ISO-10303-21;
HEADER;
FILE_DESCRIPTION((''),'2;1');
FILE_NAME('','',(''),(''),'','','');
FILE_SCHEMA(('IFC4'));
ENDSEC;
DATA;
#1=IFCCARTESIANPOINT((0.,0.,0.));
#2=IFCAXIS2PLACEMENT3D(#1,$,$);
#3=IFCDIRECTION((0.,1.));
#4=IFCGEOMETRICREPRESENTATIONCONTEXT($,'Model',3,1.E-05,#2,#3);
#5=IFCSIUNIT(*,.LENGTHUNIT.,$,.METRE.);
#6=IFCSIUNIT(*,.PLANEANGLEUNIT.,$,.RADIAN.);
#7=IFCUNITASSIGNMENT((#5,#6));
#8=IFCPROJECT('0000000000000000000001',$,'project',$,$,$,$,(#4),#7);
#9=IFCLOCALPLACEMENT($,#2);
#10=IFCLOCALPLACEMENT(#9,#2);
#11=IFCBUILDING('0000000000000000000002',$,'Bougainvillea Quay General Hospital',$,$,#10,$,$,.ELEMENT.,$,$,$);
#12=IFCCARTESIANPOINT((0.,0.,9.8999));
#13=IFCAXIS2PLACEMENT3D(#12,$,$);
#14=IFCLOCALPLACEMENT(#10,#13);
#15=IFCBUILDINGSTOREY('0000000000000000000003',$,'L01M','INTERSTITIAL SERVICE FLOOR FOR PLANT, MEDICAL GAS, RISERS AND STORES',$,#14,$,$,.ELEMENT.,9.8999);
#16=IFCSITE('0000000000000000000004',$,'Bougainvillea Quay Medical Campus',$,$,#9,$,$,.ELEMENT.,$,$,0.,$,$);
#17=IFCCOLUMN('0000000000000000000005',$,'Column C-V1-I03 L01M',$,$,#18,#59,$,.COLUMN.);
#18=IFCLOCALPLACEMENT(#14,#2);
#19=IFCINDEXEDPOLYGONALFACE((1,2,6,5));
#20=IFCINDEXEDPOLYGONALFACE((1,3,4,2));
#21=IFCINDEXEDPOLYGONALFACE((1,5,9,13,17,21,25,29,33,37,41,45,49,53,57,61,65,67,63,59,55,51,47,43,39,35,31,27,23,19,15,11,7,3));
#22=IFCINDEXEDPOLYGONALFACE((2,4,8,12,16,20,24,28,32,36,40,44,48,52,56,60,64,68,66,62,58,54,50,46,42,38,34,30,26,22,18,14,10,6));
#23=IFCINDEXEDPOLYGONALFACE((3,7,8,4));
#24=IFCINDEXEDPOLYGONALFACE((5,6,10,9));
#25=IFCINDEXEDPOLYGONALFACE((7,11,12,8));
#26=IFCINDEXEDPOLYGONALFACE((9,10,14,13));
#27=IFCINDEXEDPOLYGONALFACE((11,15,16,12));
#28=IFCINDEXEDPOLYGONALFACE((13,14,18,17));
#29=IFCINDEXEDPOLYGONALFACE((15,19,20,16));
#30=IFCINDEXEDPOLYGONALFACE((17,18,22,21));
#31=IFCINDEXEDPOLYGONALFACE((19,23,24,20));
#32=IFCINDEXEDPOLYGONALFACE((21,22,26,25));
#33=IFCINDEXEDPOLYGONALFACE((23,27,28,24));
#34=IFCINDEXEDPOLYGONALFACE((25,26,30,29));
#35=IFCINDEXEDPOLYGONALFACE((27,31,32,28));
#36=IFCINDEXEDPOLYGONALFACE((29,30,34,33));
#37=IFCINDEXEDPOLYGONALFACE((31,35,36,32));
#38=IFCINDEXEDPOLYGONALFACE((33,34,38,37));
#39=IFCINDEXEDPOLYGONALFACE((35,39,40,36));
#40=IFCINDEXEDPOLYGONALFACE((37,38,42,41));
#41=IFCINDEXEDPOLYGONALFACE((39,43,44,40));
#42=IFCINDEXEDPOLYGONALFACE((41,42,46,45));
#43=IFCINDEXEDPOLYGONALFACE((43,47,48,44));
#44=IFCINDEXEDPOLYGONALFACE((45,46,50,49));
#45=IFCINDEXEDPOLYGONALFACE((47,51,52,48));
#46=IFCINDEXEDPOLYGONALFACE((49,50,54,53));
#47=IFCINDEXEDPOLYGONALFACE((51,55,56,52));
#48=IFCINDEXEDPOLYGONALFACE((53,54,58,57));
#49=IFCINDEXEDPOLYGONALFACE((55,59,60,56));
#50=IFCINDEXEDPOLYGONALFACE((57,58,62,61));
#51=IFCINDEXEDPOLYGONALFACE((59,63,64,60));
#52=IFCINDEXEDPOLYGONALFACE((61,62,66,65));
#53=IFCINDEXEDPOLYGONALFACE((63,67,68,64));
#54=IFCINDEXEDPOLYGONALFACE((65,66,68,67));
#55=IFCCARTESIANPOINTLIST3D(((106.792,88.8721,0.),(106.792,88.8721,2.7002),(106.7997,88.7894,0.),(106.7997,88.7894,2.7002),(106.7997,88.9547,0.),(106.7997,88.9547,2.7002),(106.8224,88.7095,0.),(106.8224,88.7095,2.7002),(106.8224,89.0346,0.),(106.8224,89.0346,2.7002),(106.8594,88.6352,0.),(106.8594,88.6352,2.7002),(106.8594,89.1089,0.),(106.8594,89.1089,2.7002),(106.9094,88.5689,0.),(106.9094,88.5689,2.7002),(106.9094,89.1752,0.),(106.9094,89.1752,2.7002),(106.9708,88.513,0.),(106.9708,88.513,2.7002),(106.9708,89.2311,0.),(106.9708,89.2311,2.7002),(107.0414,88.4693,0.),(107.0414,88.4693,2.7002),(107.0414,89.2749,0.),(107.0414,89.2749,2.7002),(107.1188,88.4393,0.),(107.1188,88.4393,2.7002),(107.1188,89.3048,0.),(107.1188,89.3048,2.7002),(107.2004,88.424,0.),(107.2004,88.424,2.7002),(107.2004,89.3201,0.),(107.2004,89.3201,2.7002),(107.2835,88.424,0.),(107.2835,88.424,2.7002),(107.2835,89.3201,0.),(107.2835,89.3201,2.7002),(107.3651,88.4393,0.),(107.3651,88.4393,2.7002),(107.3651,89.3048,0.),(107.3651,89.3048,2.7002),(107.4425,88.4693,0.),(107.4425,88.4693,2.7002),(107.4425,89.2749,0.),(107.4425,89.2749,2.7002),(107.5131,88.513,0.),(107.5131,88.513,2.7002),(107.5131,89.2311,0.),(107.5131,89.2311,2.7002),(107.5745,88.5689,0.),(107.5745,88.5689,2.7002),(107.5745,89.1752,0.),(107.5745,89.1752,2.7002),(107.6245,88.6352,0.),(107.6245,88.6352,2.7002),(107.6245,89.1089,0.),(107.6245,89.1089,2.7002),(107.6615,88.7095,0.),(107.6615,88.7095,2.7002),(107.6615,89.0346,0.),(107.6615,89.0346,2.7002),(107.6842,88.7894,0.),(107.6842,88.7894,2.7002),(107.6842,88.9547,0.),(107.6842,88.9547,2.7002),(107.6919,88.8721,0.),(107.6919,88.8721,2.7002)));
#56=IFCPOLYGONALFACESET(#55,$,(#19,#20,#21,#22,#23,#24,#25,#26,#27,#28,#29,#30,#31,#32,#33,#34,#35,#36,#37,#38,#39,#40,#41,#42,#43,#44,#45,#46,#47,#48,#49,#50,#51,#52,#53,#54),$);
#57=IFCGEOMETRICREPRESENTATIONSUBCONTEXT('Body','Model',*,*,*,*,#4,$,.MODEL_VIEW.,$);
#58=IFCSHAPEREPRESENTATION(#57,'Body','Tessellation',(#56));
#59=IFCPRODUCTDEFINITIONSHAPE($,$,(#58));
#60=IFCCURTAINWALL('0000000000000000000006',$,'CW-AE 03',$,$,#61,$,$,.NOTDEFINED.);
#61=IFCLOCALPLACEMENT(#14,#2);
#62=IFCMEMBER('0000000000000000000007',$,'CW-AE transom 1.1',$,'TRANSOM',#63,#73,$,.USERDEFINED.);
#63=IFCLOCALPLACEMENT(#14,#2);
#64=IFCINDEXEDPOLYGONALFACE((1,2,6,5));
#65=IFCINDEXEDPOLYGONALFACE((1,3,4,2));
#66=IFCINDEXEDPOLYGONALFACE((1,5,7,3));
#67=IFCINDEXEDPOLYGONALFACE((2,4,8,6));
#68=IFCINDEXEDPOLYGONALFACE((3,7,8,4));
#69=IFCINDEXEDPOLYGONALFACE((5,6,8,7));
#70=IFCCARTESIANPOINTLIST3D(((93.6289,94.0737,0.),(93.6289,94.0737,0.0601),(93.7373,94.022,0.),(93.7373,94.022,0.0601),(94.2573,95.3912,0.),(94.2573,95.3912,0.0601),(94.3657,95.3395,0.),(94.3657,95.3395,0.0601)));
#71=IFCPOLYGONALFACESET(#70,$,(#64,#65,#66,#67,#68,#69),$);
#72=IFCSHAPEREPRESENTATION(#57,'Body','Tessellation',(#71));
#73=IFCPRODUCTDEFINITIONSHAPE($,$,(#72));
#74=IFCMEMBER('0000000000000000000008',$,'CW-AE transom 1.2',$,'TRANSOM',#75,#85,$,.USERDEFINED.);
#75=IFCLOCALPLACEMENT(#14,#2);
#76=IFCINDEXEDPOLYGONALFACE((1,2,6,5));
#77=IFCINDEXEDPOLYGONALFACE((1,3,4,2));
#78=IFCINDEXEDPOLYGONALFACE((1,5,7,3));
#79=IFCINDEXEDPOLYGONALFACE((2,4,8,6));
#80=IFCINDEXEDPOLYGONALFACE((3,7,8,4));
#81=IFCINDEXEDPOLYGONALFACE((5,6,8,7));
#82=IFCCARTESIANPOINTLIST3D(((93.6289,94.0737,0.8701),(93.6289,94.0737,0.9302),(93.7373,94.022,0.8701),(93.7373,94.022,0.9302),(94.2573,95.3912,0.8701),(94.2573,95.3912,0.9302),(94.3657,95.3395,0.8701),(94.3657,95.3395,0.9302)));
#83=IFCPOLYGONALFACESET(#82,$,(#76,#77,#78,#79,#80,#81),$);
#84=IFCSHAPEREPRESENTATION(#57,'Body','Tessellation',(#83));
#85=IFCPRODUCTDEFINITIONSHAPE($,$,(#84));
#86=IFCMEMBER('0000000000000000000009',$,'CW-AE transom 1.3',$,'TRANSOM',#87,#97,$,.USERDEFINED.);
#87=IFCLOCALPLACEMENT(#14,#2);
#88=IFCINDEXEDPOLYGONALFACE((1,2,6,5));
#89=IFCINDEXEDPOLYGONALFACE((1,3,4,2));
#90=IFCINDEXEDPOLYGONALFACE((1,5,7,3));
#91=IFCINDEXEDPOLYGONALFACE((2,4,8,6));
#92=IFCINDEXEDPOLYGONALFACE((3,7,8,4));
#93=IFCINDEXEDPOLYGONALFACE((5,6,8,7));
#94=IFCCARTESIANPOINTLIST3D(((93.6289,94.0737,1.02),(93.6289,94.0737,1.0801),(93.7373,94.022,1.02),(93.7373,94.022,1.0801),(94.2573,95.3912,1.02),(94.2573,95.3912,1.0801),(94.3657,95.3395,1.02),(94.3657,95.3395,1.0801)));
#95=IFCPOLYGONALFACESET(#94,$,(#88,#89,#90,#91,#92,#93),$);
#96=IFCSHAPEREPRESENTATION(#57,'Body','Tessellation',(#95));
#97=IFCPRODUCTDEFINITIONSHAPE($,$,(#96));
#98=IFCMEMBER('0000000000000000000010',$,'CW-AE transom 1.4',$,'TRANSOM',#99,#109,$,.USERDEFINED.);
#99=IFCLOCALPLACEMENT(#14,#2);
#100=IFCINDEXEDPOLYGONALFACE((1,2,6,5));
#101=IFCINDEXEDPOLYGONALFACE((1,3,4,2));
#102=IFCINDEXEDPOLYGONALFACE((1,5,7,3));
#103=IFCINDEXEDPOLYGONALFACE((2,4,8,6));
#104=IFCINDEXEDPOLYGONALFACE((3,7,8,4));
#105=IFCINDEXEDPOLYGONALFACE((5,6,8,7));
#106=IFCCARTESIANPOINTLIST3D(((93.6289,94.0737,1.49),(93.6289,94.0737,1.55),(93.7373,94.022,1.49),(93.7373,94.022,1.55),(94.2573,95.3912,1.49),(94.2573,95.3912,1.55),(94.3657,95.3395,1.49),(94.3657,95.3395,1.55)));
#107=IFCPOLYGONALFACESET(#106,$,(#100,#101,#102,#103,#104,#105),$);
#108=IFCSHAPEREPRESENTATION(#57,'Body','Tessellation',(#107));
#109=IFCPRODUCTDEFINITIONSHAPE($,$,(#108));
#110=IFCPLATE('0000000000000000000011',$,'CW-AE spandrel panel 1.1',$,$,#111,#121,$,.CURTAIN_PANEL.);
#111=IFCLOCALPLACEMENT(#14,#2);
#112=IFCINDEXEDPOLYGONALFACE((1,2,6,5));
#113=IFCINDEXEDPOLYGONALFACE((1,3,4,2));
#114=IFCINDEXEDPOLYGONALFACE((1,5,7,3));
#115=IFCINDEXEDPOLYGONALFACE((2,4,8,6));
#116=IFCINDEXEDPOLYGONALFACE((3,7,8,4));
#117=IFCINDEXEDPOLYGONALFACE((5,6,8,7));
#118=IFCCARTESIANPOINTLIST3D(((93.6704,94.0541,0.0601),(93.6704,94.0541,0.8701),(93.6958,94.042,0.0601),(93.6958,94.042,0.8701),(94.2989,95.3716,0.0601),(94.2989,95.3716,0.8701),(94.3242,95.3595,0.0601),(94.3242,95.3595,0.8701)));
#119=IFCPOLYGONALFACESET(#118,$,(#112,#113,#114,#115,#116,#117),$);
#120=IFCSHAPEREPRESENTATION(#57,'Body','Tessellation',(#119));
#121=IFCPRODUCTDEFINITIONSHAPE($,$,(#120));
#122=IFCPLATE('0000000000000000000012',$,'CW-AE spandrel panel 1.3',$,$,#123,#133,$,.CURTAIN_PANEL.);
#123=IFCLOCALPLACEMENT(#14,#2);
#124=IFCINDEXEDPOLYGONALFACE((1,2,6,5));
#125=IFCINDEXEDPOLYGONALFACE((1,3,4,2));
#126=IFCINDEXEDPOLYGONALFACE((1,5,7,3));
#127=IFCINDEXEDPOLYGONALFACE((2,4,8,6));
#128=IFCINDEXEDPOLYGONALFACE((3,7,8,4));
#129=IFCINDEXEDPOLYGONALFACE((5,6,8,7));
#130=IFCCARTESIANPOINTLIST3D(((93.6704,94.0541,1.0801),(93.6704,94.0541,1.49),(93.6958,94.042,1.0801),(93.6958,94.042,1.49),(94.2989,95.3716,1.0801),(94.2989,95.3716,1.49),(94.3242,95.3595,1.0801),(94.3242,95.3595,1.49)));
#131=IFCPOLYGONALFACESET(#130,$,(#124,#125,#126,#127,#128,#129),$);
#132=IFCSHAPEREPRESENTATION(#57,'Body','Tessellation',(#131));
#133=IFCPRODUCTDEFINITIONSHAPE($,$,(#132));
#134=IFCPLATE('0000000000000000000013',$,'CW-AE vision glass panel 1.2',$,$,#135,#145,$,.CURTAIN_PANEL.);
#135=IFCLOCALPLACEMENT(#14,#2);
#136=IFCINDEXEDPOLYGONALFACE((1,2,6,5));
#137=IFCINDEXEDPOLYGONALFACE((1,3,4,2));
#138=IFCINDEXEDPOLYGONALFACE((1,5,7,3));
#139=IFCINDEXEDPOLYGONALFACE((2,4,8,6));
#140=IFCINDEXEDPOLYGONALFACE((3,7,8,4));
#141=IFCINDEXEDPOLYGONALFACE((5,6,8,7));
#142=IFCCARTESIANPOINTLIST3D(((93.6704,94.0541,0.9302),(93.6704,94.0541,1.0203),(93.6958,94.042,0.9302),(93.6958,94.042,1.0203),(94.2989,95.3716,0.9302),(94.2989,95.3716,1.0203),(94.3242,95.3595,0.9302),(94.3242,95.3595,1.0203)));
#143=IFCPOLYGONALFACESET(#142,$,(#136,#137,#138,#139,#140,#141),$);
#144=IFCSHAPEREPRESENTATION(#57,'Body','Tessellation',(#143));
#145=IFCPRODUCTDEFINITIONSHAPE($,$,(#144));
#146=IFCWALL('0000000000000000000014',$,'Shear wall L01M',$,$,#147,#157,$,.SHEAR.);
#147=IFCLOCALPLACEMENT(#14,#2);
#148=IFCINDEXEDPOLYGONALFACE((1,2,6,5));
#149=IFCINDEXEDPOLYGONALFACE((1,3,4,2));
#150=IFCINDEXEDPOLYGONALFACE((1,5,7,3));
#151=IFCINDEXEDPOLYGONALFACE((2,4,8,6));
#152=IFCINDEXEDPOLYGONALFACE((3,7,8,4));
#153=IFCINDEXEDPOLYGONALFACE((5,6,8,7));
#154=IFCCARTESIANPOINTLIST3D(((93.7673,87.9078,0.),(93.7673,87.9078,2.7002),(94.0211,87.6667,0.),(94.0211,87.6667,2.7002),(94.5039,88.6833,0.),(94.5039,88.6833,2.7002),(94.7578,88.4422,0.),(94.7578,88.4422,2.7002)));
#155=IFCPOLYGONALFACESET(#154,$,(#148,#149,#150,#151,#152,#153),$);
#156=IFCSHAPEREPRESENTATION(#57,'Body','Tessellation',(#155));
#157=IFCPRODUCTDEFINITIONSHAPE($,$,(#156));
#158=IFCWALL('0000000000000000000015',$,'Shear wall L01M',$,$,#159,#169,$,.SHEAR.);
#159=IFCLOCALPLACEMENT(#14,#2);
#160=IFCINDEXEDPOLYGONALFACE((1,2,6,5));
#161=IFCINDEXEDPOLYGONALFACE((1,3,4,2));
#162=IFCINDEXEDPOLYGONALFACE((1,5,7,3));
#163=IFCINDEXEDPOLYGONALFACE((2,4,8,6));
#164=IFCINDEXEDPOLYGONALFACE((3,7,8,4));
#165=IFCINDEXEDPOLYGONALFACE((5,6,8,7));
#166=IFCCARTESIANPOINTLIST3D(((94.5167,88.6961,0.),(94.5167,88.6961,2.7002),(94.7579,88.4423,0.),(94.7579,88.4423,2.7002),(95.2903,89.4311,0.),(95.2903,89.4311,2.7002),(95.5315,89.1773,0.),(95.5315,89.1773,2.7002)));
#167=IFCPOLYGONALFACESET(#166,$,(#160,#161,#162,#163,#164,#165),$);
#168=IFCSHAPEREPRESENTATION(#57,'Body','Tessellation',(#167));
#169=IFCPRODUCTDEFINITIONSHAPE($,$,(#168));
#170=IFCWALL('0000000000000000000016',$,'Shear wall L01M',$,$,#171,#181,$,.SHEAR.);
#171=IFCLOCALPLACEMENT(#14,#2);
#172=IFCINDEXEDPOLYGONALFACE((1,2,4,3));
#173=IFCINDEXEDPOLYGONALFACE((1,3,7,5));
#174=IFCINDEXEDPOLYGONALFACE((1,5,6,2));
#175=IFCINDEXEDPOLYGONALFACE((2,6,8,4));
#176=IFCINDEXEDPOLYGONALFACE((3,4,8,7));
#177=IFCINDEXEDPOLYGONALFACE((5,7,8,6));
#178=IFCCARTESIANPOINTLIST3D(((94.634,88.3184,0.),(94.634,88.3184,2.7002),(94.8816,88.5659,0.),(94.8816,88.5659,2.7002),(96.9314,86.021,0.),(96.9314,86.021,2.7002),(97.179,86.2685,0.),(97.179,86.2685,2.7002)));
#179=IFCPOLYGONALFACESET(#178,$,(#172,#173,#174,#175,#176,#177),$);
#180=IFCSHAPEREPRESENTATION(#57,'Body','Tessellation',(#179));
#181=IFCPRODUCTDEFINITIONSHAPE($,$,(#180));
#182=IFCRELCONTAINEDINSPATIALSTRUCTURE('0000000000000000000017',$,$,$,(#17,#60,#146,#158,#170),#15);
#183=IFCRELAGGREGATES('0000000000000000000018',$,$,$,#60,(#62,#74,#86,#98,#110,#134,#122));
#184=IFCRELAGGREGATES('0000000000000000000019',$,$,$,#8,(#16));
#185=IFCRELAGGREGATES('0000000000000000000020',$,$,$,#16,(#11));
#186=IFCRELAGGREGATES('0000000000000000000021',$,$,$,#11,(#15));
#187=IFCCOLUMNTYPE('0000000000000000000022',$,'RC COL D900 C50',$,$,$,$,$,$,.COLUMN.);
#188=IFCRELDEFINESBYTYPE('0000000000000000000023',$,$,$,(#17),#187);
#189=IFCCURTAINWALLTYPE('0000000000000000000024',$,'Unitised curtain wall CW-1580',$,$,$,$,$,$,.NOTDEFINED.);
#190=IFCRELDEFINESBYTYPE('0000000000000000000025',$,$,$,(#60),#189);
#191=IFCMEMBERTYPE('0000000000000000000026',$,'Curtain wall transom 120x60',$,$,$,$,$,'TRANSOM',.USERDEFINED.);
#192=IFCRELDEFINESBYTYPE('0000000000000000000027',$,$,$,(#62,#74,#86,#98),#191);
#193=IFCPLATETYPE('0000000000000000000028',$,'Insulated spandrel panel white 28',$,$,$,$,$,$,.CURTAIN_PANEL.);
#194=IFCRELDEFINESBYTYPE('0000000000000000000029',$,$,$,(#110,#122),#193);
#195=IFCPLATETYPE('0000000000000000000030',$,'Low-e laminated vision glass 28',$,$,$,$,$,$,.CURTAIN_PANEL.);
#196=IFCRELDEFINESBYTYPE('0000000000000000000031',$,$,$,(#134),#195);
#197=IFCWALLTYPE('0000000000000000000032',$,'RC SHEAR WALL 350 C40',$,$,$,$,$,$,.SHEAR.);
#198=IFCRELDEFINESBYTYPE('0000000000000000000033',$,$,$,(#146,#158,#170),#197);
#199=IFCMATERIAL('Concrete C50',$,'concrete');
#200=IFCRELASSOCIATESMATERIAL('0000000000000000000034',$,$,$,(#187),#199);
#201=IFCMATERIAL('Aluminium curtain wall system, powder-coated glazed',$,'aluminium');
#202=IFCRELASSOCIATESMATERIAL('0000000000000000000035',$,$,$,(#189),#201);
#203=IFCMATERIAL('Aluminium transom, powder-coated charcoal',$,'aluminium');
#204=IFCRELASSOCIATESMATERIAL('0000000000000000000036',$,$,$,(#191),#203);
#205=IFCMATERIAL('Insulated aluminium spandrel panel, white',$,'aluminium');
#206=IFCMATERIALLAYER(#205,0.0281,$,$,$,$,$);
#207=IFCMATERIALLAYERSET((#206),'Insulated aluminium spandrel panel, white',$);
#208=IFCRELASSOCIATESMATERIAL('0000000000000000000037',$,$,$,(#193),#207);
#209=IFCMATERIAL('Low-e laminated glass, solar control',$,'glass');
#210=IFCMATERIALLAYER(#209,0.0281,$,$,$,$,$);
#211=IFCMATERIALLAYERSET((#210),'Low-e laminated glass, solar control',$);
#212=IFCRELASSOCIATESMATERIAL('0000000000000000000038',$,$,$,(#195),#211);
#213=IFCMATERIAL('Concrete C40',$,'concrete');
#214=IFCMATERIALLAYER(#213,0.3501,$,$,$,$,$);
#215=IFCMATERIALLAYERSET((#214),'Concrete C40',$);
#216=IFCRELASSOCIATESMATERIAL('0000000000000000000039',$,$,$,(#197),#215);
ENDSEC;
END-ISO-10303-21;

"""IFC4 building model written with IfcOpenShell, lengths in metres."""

from ifc_helpers import new_model, si_unit, direction, frame, frame_2d, origin, origin_2d, place, context, subcontext, project, spatial, rectangle, circle, extrude, material, layer, layer_set, material_profile, profile_set, type_object, element, aggregate, save


model = new_model("IFC4")

# Units and contexts
model_context = context("Model", 3, precision=1e-05, world=origin(), true_north=direction((0.0, 1.0)))
body_context = subcontext(model_context, "Body", "Model", "MODEL_VIEW")
ifc_project = project(units=[si_unit("LENGTHUNIT", "METRE"), si_unit("PLANEANGLEUNIT", "RADIAN")], contexts=[model_context])

# Site, building, storey
site_placement = place(None, origin())
site = spatial("IfcSite", under=ifc_project, at=site_placement, Name="Bougainvillea Quay Medical Campus", CompositionType="ELEMENT", RefElevation=0.0)
building_placement = place(site_placement, origin())
building = spatial("IfcBuilding", under=site, at=building_placement, Name="Bougainvillea Quay General Hospital", CompositionType="ELEMENT")
storey_placement = place(building_placement, frame((0.0, 0.0, 9.8999)))
storey = spatial("IfcBuildingStorey", under=building, at=storey_placement, Name="L01M", Description="INTERSTITIAL SERVICE FLOOR FOR PLANT, MEDICAL GAS, RISERS AND STORES", CompositionType="ELEMENT", Elevation=9.8999)

# Column
ifc_material_1 = material(Name="Concrete C50", Category="concrete")
ifc_material_profile_1 = material_profile(ifc_material_1, circle(Radius=0.45, at=origin_2d()))
ifc_profile_set_1 = profile_set([ifc_material_profile_1], Name="Concrete C50")
column_type_1 = type_object("IfcColumnType", Name="RC COL D900 C50", PredefinedType="COLUMN", material=ifc_profile_set_1)
for number, where, z_axis, x_axis, name in (
    (1, (107.2419, 88.8721, 0.0), (0.0, 0.0, 1.0), (1.0, 0.0, 0.0), "Column C-V1-I03 L01M"),
):
    element("IfcColumn", number, at=place(storey_placement, frame(where, z_axis=z_axis, x_axis=x_axis)), inside=storey, type_object=column_type_1, Name=name, PredefinedType="COLUMN", context=body_context, shape_type="SweptSolid", body=[
        extrude(circle(Radius=0.45, at=origin_2d()), origin(), (0.0, 0.0, 1.0), 2.7002),
    ])

# Curtain wall, members, plates
ifc_material_2 = material(Name="Aluminium curtain wall system, powder-coated glazed", Category="aluminium")
curtain_wall_type = type_object("IfcCurtainWallType", Name="Unitised curtain wall CW-1580", PredefinedType="NOTDEFINED", material=ifc_material_2)
curtain_wall_placement = place(storey_placement, origin())
curtain_wall = element("IfcCurtainWall", 2, at=curtain_wall_placement, inside=storey, type_object=curtain_wall_type, Name="CW-AE 03", PredefinedType="NOTDEFINED")
ifc_material_3 = material(Name="Aluminium transom, powder-coated charcoal", Category="aluminium")
ifc_material_profile_2 = material_profile(ifc_material_3, rectangle(XDim=0.1201, YDim=0.0601, at=origin_2d()))
ifc_profile_set_2 = profile_set([ifc_material_profile_2], Name="Aluminium transom, powder-coated charcoal")
member_type = type_object("IfcMemberType", Name="Curtain wall transom 120x60", ElementType="TRANSOM", PredefinedType="USERDEFINED", material=ifc_profile_set_2)
member_1_placement = place(storey_placement, frame((93.6831, 94.0479, 0.03), z_axis=(0.430479, 0.902601, 0.0), x_axis=(-0.902601, 0.430479, 0.0)))
member_1 = element("IfcMember", 3, at=member_1_placement, type_object=member_type, Name="CW-AE transom 1.1", ObjectType="TRANSOM", PredefinedType="USERDEFINED", context=body_context, shape_type="SweptSolid", body=[
    extrude(rectangle(XDim=0.1201, YDim=0.0601, at=origin_2d()), origin(), (0.0, 0.0, 1.0), 1.4597),
])
member_2_placement = place(storey_placement, frame((93.6831, 94.0479, 0.9001), z_axis=(0.430479, 0.902601, 0.0), x_axis=(-0.902601, 0.430479, 0.0)))
member_2 = element("IfcMember", 4, at=member_2_placement, type_object=member_type, Name="CW-AE transom 1.2", ObjectType="TRANSOM", PredefinedType="USERDEFINED", context=body_context, shape_type="SweptSolid", body=[
    extrude(rectangle(XDim=0.1201, YDim=0.0601, at=origin_2d()), origin(), (0.0, 0.0, 1.0), 1.4597),
])
member_3_placement = place(storey_placement, frame((93.6831, 94.0479, 1.05), z_axis=(0.430479, 0.902601, 0.0), x_axis=(-0.902601, 0.430479, 0.0)))
member_3 = element("IfcMember", 5, at=member_3_placement, type_object=member_type, Name="CW-AE transom 1.3", ObjectType="TRANSOM", PredefinedType="USERDEFINED", context=body_context, shape_type="SweptSolid", body=[
    extrude(rectangle(XDim=0.1201, YDim=0.0601, at=origin_2d()), origin(), (0.0, 0.0, 1.0), 1.4597),
])
member_4_placement = place(storey_placement, frame((93.6831, 94.0479, 1.52), z_axis=(0.430479, 0.902601, 0.0), x_axis=(-0.902601, 0.430479, 0.0)))
member_4 = element("IfcMember", 6, at=member_4_placement, type_object=member_type, Name="CW-AE transom 1.4", ObjectType="TRANSOM", PredefinedType="USERDEFINED", context=body_context, shape_type="SweptSolid", body=[
    extrude(rectangle(XDim=0.1201, YDim=0.0601, at=origin_2d()), origin(), (0.0, 0.0, 1.0), 1.4597),
])
ifc_material_4 = material(Name="Insulated aluminium spandrel panel, white", Category="aluminium")
ifc_layer_1 = layer(ifc_material_4, 0.0281)
ifc_layer_set_1 = layer_set([ifc_layer_1], Name="Insulated aluminium spandrel panel, white")
plate_type_1 = type_object("IfcPlateType", Name="Insulated spandrel panel white 28", PredefinedType="CURTAIN_PANEL", material=ifc_layer_set_1)
plate_1_placement = place(storey_placement, frame((93.9973, 94.7068, 0.0601), z_axis=(0.0, 0.0, 1.0), x_axis=(0.430525, 0.902578, 0.0)))
plate_1 = element("IfcPlate", 7, at=plate_1_placement, type_object=plate_type_1, Name="CW-AE spandrel panel 1.1", PredefinedType="CURTAIN_PANEL", context=body_context, shape_type="SweptSolid", body=[
    extrude(rectangle(XDim=1.4597, YDim=0.0281, at=origin_2d()), origin(), (0.0, 0.0, 1.0), 0.8101),
])
plate_2_placement = place(storey_placement, frame((93.9973, 94.7068, 1.0801), z_axis=(0.0, 0.0, 1.0), x_axis=(0.430525, 0.902578, 0.0)))
plate_2 = element("IfcPlate", 8, at=plate_2_placement, type_object=plate_type_1, Name="CW-AE spandrel panel 1.3", PredefinedType="CURTAIN_PANEL", context=body_context, shape_type="SweptSolid", body=[
    extrude(rectangle(XDim=1.4597, YDim=0.0281, at=origin_2d()), origin(), (0.0, 0.0, 1.0), 0.4099),
])
ifc_material_5 = material(Name="Low-e laminated glass, solar control", Category="glass")
ifc_layer_2 = layer(ifc_material_5, 0.0281)
ifc_layer_set_2 = layer_set([ifc_layer_2], Name="Low-e laminated glass, solar control")
plate_type_2 = type_object("IfcPlateType", Name="Low-e laminated vision glass 28", PredefinedType="CURTAIN_PANEL", material=ifc_layer_set_2)
plate_3_placement = place(storey_placement, frame((93.9973, 94.7068, 0.9302), z_axis=(0.0, 0.0, 1.0), x_axis=(0.430525, 0.902578, 0.0)))
plate_3 = element("IfcPlate", 9, at=plate_3_placement, type_object=plate_type_2, Name="CW-AE vision glass panel 1.2", PredefinedType="CURTAIN_PANEL", context=body_context, shape_type="SweptSolid", body=[
    extrude(rectangle(XDim=1.4597, YDim=0.0281, at=origin_2d()), origin(), (0.0, 0.0, 1.0), 0.0901),
])
aggregate(curtain_wall, [member_1, member_2, member_3, member_4, plate_1, plate_3, plate_2])

# Walls
ifc_material_6 = material(Name="Concrete C40", Category="concrete")
ifc_layer_3 = layer(ifc_material_6, 0.3501)
ifc_layer_set_3 = layer_set([ifc_layer_3], Name="Concrete C40")
wall_type = type_object("IfcWallType", Name="RC SHEAR WALL 350 C40", PredefinedType="SHEAR", material=ifc_layer_set_3)
wall_1_placement = place(storey_placement, frame((93.8943, 87.7874, 0.0), z_axis=(0.0, 0.0, 1.0), x_axis=(0.688725, 0.725022, 0.0)))
element("IfcWall", 10, at=wall_1_placement, inside=storey, type_object=wall_type, Name="Shear wall L01M", PredefinedType="SHEAR", context=body_context, shape_type="SweptSolid", body=[
    extrude(rectangle(XDim=1.0696, YDim=0.3501, at=frame_2d((0.5347, 0.0))), origin(), (0.0, 0.0, 1.0), 2.7002),
])
wall_2_placement = place(storey_placement, frame((94.6372, 88.5691, 0.0), z_axis=(0.0, 0.0, 1.0), x_axis=(0.724948, 0.688804, 0.0)))
element("IfcWall", 11, at=wall_2_placement, inside=storey, type_object=wall_type, Name="Shear wall L01M", PredefinedType="SHEAR", context=body_context, shape_type="SweptSolid", body=[
    extrude(rectangle(XDim=1.0671, YDim=0.3501, at=frame_2d((0.5337, 0.0))), origin(), (0.0, 0.0, 1.0), 2.7002),
])
wall_3_placement = place(storey_placement, frame((94.7578, 88.4421, 0.0), z_axis=(0.0, 0.0, 1.0), x_axis=(0.707107, -0.707107, 0.0)))
element("IfcWall", 12, at=wall_3_placement, inside=storey, type_object=wall_type, Name="Shear wall L01M", PredefinedType="SHEAR", context=body_context, shape_type="SweptSolid", body=[
    extrude(rectangle(XDim=3.249, YDim=0.3501, at=frame_2d((1.6245, 0.0))), origin(), (0.0, 0.0, 1.0), 2.7002),
])

save(model, "model.ifc")
